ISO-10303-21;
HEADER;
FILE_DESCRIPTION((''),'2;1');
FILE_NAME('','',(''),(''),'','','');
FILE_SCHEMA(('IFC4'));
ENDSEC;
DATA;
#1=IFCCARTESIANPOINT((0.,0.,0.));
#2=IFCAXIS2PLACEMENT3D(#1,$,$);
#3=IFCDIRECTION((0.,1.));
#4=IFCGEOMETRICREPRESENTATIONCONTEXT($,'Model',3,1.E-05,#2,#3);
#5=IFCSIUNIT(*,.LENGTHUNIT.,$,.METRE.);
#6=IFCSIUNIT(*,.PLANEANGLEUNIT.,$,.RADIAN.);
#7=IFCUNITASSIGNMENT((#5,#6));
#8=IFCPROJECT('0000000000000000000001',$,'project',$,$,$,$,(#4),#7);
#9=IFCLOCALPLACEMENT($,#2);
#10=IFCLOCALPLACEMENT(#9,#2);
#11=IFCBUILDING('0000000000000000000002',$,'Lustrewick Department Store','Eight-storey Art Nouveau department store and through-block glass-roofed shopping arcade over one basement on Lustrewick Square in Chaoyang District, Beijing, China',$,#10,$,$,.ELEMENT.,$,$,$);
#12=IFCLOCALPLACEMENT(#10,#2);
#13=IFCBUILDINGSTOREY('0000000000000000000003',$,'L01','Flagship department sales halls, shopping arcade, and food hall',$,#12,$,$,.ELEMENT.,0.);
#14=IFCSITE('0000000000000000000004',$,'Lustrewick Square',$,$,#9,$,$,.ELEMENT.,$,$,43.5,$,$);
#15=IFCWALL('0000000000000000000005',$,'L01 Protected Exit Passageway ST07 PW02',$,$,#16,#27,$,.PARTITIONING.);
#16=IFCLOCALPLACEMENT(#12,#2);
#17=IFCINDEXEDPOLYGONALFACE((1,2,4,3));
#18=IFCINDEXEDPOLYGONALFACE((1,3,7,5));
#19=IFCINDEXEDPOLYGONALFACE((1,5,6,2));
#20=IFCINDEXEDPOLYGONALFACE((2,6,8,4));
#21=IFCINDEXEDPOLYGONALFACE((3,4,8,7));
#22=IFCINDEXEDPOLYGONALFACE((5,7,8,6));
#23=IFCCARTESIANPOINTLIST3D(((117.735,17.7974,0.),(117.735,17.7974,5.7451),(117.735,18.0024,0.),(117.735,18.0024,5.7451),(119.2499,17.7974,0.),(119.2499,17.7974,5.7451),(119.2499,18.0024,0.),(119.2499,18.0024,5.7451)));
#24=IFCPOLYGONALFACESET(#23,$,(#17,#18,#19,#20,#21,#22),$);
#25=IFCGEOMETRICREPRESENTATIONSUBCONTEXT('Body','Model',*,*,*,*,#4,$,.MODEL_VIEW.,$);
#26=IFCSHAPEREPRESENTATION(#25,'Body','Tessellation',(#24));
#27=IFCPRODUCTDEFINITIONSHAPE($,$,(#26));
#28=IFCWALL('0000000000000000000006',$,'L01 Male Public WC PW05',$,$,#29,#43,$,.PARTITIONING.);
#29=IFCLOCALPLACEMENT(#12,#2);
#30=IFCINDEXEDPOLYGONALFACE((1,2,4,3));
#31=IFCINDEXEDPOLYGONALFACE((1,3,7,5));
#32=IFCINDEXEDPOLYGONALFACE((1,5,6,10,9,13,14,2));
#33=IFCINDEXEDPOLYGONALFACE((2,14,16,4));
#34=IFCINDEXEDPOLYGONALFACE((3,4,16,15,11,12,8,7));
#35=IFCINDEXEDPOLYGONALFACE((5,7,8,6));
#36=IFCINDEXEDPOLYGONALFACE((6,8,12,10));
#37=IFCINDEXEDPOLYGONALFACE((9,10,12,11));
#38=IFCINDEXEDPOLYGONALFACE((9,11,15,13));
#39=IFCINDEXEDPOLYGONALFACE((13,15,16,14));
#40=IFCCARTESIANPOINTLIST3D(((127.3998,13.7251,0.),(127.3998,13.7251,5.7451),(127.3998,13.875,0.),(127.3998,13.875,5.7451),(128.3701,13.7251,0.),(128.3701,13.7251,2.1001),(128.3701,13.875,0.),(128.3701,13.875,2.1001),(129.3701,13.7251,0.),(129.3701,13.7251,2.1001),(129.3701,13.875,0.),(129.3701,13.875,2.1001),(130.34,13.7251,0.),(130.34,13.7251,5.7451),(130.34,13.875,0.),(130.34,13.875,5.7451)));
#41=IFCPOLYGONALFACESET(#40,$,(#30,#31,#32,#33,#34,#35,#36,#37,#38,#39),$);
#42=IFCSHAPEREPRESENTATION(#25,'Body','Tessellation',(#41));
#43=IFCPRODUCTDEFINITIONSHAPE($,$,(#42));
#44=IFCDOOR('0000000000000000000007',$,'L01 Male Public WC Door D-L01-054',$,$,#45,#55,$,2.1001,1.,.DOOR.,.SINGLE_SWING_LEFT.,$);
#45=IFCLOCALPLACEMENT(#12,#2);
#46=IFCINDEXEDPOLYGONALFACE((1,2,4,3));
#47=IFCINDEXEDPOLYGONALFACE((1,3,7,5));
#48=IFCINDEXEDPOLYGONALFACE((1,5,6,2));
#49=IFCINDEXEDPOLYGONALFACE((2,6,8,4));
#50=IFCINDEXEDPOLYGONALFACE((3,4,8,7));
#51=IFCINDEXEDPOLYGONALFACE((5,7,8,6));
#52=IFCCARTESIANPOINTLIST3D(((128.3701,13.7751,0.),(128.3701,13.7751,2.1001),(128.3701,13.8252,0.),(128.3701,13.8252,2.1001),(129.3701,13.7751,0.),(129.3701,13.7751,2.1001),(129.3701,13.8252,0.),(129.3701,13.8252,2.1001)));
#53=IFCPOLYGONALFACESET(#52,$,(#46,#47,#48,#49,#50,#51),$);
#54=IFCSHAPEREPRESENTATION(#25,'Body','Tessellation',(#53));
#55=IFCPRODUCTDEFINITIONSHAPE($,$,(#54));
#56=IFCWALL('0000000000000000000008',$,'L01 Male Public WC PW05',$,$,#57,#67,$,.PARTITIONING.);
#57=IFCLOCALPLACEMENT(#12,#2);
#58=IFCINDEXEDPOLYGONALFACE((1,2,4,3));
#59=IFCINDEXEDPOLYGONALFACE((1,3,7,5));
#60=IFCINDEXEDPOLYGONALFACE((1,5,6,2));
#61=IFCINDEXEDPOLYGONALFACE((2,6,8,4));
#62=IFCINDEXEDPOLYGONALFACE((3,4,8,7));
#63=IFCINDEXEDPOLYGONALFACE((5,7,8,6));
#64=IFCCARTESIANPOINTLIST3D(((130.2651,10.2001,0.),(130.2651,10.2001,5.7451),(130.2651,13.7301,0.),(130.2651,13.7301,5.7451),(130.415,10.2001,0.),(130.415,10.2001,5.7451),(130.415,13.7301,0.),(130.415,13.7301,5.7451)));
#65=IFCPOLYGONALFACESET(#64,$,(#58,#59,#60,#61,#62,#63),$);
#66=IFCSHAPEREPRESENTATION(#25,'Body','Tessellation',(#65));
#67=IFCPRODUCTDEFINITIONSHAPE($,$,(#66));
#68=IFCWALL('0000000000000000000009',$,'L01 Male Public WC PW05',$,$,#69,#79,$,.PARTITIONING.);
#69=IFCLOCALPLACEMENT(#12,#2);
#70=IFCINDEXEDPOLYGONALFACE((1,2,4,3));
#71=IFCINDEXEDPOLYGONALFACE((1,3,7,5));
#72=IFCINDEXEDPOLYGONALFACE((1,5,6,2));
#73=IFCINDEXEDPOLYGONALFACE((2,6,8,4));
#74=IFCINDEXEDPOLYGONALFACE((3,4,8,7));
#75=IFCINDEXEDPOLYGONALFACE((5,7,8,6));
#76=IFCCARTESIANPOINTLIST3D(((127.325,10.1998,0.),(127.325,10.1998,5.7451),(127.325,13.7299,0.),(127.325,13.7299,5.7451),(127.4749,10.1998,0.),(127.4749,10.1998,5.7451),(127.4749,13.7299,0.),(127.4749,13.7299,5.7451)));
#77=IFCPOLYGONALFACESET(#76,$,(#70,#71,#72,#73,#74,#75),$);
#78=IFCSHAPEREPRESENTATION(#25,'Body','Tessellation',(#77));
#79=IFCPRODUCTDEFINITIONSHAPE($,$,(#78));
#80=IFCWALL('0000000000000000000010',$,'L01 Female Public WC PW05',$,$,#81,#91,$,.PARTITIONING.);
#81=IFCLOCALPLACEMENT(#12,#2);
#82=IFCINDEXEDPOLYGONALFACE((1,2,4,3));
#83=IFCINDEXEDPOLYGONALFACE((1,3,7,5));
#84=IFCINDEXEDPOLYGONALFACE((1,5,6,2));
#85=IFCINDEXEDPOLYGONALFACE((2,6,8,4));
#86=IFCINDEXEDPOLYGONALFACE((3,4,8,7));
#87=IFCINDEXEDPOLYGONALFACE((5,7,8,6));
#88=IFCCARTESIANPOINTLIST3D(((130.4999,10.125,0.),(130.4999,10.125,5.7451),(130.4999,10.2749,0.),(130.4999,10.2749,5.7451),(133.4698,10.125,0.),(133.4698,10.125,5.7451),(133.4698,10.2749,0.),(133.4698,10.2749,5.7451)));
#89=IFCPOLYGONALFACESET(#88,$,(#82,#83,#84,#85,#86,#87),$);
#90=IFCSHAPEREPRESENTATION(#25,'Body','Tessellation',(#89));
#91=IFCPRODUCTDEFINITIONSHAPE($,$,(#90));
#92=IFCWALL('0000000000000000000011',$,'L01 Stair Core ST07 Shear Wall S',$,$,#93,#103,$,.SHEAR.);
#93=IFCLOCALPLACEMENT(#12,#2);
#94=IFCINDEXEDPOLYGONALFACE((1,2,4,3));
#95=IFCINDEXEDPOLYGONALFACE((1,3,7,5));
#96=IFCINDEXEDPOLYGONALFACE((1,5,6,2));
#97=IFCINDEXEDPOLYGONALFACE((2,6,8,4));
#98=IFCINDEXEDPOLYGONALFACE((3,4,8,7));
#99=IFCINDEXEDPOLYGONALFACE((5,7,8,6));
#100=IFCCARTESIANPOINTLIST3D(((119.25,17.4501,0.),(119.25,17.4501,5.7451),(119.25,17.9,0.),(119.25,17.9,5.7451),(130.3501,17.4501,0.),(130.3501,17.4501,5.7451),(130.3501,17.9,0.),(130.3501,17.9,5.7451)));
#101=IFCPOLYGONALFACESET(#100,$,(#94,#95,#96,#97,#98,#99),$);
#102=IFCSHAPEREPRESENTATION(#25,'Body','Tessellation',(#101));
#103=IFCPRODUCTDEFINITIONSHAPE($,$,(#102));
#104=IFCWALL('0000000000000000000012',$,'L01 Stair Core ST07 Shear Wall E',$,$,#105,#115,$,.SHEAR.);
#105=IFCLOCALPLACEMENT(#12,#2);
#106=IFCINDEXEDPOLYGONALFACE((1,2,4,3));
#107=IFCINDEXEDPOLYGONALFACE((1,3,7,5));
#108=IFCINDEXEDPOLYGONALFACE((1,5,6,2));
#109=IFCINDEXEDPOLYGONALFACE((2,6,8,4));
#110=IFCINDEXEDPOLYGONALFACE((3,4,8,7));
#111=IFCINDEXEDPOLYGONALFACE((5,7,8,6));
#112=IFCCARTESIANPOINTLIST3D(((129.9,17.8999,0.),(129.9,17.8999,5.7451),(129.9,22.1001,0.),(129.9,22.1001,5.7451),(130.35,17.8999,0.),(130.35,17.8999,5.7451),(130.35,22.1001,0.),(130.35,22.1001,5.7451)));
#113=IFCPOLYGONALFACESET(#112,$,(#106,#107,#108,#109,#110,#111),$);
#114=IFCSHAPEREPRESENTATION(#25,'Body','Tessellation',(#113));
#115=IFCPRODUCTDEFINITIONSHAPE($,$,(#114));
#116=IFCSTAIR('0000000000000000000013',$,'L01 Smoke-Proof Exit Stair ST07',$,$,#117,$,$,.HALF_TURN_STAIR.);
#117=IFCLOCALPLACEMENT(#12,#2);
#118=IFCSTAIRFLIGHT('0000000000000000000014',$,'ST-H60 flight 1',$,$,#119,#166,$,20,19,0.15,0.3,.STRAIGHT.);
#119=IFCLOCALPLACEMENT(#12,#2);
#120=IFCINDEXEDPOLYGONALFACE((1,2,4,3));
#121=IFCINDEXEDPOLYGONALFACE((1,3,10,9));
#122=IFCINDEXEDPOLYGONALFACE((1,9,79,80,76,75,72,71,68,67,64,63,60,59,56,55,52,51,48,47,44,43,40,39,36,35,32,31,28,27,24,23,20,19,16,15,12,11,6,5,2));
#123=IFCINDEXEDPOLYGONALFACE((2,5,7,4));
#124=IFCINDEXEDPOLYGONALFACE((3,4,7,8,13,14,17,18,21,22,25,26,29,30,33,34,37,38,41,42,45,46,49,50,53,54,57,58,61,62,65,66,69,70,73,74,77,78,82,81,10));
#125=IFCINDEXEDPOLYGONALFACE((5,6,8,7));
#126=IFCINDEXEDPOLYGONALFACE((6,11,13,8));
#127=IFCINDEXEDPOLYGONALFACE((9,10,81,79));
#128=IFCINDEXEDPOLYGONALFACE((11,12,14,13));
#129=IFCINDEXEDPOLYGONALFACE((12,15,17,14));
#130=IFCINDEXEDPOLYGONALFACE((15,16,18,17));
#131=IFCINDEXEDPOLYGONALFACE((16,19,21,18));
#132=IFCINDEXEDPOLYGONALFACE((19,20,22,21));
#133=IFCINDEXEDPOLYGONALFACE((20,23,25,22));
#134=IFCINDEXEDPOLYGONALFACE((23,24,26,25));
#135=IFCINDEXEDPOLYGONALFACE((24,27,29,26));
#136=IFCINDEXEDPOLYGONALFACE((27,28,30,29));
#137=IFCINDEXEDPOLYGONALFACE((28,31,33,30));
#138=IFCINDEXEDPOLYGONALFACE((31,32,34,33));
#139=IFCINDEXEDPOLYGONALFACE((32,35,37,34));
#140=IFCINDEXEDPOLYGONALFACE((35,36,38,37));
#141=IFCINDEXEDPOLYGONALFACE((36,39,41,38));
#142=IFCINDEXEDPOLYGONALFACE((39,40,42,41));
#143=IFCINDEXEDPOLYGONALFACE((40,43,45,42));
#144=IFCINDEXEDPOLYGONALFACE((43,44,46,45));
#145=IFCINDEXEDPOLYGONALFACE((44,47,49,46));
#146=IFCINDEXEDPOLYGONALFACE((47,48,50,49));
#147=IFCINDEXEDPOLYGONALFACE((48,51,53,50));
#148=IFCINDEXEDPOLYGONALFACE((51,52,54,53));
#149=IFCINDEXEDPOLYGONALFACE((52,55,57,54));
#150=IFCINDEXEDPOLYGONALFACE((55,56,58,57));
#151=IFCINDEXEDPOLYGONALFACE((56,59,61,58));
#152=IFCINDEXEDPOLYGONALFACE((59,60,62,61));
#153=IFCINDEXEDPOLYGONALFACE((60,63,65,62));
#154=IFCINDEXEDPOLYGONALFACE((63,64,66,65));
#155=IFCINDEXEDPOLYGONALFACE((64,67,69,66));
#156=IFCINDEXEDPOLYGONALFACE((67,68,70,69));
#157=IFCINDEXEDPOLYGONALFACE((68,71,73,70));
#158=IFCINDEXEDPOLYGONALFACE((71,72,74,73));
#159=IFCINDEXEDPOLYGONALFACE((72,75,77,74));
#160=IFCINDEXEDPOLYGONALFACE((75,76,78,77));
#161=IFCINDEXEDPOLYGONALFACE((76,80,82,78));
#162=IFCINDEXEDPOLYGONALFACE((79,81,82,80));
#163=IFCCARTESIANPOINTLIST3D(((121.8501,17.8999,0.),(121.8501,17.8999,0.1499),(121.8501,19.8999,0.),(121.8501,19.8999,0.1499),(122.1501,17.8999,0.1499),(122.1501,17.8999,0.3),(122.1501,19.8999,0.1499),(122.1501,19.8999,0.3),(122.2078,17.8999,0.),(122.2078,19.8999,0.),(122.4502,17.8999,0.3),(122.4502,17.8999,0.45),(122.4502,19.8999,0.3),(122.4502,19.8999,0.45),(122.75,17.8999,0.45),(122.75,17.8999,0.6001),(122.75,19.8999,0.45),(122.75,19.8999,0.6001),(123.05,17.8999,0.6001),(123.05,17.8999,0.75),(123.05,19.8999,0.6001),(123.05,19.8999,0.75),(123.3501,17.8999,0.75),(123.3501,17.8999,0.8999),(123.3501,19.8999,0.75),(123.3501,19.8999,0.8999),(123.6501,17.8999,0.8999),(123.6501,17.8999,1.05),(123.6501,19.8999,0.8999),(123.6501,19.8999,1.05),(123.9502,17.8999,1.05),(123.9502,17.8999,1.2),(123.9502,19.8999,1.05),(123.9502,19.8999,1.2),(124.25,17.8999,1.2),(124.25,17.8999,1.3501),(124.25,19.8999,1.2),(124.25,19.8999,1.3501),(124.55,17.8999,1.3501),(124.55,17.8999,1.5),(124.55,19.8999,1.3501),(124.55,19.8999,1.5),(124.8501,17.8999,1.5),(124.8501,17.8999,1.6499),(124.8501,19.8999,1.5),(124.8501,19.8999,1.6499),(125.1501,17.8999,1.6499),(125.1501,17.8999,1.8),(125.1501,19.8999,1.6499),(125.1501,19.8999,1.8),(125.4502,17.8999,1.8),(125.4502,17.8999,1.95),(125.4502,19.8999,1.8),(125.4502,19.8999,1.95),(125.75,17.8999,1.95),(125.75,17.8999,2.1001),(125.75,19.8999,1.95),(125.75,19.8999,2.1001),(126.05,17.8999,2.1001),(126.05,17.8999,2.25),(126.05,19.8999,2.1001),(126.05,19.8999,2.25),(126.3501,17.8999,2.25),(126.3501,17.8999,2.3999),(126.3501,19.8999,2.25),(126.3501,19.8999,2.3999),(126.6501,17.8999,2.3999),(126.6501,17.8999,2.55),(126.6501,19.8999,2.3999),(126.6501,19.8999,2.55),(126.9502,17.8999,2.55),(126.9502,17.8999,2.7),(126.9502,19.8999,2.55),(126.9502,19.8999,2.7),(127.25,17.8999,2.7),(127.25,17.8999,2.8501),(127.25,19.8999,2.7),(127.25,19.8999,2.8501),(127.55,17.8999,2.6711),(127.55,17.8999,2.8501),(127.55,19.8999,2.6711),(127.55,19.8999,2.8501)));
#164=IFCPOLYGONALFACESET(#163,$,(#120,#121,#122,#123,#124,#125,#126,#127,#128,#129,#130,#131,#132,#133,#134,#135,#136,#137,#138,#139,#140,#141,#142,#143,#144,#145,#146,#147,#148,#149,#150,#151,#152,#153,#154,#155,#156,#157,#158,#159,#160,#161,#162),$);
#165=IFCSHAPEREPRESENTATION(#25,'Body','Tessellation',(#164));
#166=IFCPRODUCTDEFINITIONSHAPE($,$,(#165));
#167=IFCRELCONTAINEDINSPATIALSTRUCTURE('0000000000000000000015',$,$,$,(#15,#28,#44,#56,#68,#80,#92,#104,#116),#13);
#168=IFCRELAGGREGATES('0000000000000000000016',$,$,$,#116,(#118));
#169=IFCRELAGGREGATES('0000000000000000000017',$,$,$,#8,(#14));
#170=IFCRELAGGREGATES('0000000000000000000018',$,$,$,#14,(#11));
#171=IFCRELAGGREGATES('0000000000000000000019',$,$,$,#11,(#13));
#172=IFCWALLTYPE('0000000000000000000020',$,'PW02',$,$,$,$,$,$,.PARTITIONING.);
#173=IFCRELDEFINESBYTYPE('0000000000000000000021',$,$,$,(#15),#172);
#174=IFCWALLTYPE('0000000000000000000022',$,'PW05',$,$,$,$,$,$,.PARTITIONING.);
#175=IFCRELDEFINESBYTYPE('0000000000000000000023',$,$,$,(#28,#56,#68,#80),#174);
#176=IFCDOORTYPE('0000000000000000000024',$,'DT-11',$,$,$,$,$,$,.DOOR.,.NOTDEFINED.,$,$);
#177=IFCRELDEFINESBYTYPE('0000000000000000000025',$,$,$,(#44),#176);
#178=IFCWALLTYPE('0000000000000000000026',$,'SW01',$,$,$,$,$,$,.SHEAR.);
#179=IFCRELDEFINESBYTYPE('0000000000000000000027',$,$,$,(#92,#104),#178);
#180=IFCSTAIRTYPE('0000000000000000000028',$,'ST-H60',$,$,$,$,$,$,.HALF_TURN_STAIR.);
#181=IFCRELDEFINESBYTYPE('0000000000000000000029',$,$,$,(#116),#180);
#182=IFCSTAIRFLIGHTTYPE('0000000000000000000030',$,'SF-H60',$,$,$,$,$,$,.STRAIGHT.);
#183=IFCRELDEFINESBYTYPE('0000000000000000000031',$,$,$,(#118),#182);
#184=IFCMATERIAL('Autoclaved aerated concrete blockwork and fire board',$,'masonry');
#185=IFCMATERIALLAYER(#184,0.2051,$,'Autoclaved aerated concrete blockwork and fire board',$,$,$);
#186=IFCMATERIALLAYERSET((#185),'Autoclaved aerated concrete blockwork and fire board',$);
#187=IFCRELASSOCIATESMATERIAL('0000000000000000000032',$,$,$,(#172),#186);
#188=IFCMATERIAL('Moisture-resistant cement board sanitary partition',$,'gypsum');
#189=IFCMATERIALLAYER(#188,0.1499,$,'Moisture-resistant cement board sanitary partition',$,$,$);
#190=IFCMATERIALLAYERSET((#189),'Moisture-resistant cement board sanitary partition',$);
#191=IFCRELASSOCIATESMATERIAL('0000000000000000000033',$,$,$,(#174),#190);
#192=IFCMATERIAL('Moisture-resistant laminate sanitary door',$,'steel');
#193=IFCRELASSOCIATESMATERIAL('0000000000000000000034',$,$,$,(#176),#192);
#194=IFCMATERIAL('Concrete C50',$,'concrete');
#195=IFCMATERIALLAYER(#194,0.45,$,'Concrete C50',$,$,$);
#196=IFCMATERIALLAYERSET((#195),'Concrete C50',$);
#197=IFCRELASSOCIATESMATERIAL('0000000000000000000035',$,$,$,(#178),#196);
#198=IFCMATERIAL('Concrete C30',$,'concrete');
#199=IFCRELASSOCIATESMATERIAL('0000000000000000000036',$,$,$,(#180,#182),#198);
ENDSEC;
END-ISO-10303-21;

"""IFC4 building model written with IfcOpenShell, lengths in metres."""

from ifc_helpers import new_model, si_unit, direction, frame, frame_2d, origin, place, context, subcontext, project, spatial, polyline, rectangle, outline, extrude, material, layer, layer_set, type_object, element, fill, aggregate, save


model = new_model("IFC4")

# Units and contexts
model_context = context("Model", 3, precision=1e-05, world=origin(), true_north=direction((0.0, 1.0)))
body_context = subcontext(model_context, "Body", "Model", "MODEL_VIEW")
ifc_project = project(units=[si_unit("LENGTHUNIT", "METRE"), si_unit("PLANEANGLEUNIT", "RADIAN")], contexts=[model_context])

# Site, building, storey
site_placement = place(None, origin())
site = spatial("IfcSite", under=ifc_project, at=site_placement, Name="Lustrewick Square", CompositionType="ELEMENT", RefElevation=43.5)
building_placement = place(site_placement, origin())
building = spatial("IfcBuilding", under=site, at=building_placement, Name="Lustrewick Department Store", Description="Eight-storey Art Nouveau department store and through-block glass-roofed shopping arcade over one basement on Lustrewick Square in Chaoyang District, Beijing, China", CompositionType="ELEMENT")
storey_placement = place(building_placement, origin())
storey = spatial("IfcBuildingStorey", under=building, at=storey_placement, Name="L01", Description="Flagship department sales halls, shopping arcade, and food hall", CompositionType="ELEMENT", Elevation=0.0)

# Wall
ifc_material_1 = material(Name="Autoclaved aerated concrete blockwork and fire board", Category="masonry")
ifc_layer_1 = layer(ifc_material_1, 0.2051, Name="Autoclaved aerated concrete blockwork and fire board")
ifc_layer_set_1 = layer_set([ifc_layer_1], Name="Autoclaved aerated concrete blockwork and fire board")
wall_type_1 = type_object("IfcWallType", Name="PW02", PredefinedType="PARTITIONING", material=ifc_layer_set_1)
wall_1_placement = place(storey_placement, frame((117.7351, 17.8999, 0.0), z_axis=(0.0, 0.0, 1.0), x_axis=(1.0, 0.0, 0.0)))
element("IfcWall", 1, at=wall_1_placement, inside=storey, type_object=wall_type_1, Name="L01 Protected Exit Passageway ST07 PW02", PredefinedType="PARTITIONING", context=body_context, shape_type="SweptSolid", body=[
    extrude(rectangle(XDim=1.5149, YDim=0.2051, at=frame_2d((0.7573, 0.0))), origin(), (0.0, 0.0, 1.0), 5.7451),
])

# Wall, opening, door
ifc_material_2 = material(Name="Moisture-resistant cement board sanitary partition", Category="gypsum")
ifc_layer_2 = layer(ifc_material_2, 0.1499, Name="Moisture-resistant cement board sanitary partition")
ifc_layer_set_2 = layer_set([ifc_layer_2], Name="Moisture-resistant cement board sanitary partition")
wall_type_2 = type_object("IfcWallType", Name="PW05", PredefinedType="PARTITIONING", material=ifc_layer_set_2)
wall_2_placement = place(storey_placement, frame((130.3401, 13.8, 0.0), z_axis=(0.0, 0.0, 1.0), x_axis=(-1.0, 0.0, 0.0)))
wall_2 = element("IfcWall", 2, at=wall_2_placement, inside=storey, type_object=wall_type_2, Name="L01 Male Public WC PW05", PredefinedType="PARTITIONING", context=body_context, shape_type="SweptSolid", body=[
    extrude(rectangle(XDim=2.9402, YDim=0.1499, at=frame_2d((1.4702, 0.0))), origin(), (0.0, 0.0, 1.0), 5.7451),
])
opening_1_placement = place(wall_2_placement, frame((0.97, 0.0, 0.0)))
opening_1 = element("IfcOpeningElement", 3, at=opening_1_placement, cuts=wall_2, PredefinedType="OPENING", context=body_context, shape_type="SweptSolid", body=[
    extrude(rectangle(XDim=1.0, YDim=2.1001, at=frame_2d((0.5, 1.05))), frame((0.0, 0.085, 0.0), z_axis=(0.0, -1.0, 0.0), x_axis=(1.0, 0.0, 0.0)), (0.0, 0.0, 1.0), 0.1699),
])
ifc_material_3 = material(Name="Moisture-resistant laminate sanitary door", Category="steel")
door_type_1 = type_object("IfcDoorType", Name="DT-11", OperationType="NOTDEFINED", PredefinedType="DOOR", material=ifc_material_3)
door_1_placement = place(opening_1_placement, origin())
door_1 = element("IfcDoor", 4, at=door_1_placement, inside=storey, type_object=door_type_1, Name="L01 Male Public WC Door D-L01-054", OperationType="SINGLE_SWING_LEFT", OverallHeight=2.1001, OverallWidth=1.0, PredefinedType="DOOR", context=body_context, shape_type="SweptSolid", body=[
    extrude(rectangle(XDim=1.0, YDim=2.1001, at=frame_2d((0.5, 1.05))), frame((0.0, 0.0249, 0.0), z_axis=(0.0, -1.0, 0.0), x_axis=(1.0, 0.0, 0.0)), (0.0, 0.0, 1.0), 0.05),
])
fill(opening_1, door_1)

# Walls
for number, where, z_axis, x_axis, name in (
    (5, (130.3401, 10.2, 0.0), (0.0, 0.0, 1.0), (0.0, 1.0, 0.0), "L01 Male Public WC PW05"),
    (6, (127.3999, 13.73, 0.0), (0.0, 0.0, 1.0), (0.0, -1.0, 0.0), "L01 Male Public WC PW05"),
):
    element("IfcWall", number, at=place(storey_placement, frame(where, z_axis=z_axis, x_axis=x_axis)), inside=storey, type_object=wall_type_2, Name=name, PredefinedType="PARTITIONING", context=body_context, shape_type="SweptSolid", body=[
        extrude(rectangle(XDim=3.53, YDim=0.1499, at=frame_2d((1.7651, 0.0))), origin(), (0.0, 0.0, 1.0), 5.7451),
    ])
wall_3_placement = place(storey_placement, frame((130.5, 10.2, 0.0), z_axis=(0.0, 0.0, 1.0), x_axis=(1.0, 0.0, 0.0)))
element("IfcWall", 7, at=wall_3_placement, inside=storey, type_object=wall_type_2, Name="L01 Female Public WC PW05", PredefinedType="PARTITIONING", context=body_context, shape_type="SweptSolid", body=[
    extrude(rectangle(XDim=2.97, YDim=0.1499, at=frame_2d((1.4849, 0.0))), origin(), (0.0, 0.0, 1.0), 5.7451),
])
ifc_material_4 = material(Name="Concrete C50", Category="concrete")
ifc_layer_3 = layer(ifc_material_4, 0.45, Name="Concrete C50")
ifc_layer_set_3 = layer_set([ifc_layer_3], Name="Concrete C50")
wall_type_3 = type_object("IfcWallType", Name="SW01", PredefinedType="SHEAR", material=ifc_layer_set_3)
wall_4_placement = place(storey_placement, frame((119.25, 17.675, 0.0), z_axis=(0.0, 0.0, 1.0), x_axis=(1.0, 0.0, 0.0)))
element("IfcWall", 8, at=wall_4_placement, inside=storey, type_object=wall_type_3, Name="L01 Stair Core ST07 Shear Wall S", PredefinedType="SHEAR", context=body_context, shape_type="SweptSolid", body=[
    extrude(rectangle(XDim=11.1001, YDim=0.45, at=frame_2d((5.55, 0.0))), origin(), (0.0, 0.0, 1.0), 5.7451),
])
wall_5_placement = place(storey_placement, frame((130.125, 17.8999, 0.0), z_axis=(0.0, 0.0, 1.0), x_axis=(0.0, 1.0, 0.0)))
element("IfcWall", 9, at=wall_5_placement, inside=storey, type_object=wall_type_3, Name="L01 Stair Core ST07 Shear Wall E", PredefinedType="SHEAR", context=body_context, shape_type="SweptSolid", body=[
    extrude(rectangle(XDim=4.2002, YDim=0.45, at=frame_2d((2.1001, 0.0))), origin(), (0.0, 0.0, 1.0), 5.7451),
])

# Stair, stair flight
ifc_material_5 = material(Name="Concrete C30", Category="concrete")
stair_type = type_object("IfcStairType", Name="ST-H60", PredefinedType="HALF_TURN_STAIR", material=ifc_material_5)
stair_placement = place(storey_placement, origin())
stair = element("IfcStair", 10, at=stair_placement, inside=storey, type_object=stair_type, Name="L01 Smoke-Proof Exit Stair ST07", PredefinedType="HALF_TURN_STAIR")
stair_flight_type = type_object("IfcStairFlightType", Name="SF-H60", PredefinedType="STRAIGHT", material=ifc_material_5)
stair_flight_1_placement = place(storey_placement, frame((121.8501, 18.8999, 0.0), z_axis=(0.0, 0.0, 1.0), x_axis=(1.0, 0.0, 0.0)))
stair_flight_1 = element("IfcStairFlight", 11, at=stair_flight_1_placement, type_object=stair_flight_type, Name="ST-H60 flight 1", NumberOfRisers=20, NumberOfTreads=19, PredefinedType="STRAIGHT", RiserHeight=0.15, TreadLength=0.3, context=body_context, shape_type="SweptSolid", body=[
    extrude(outline(polyline([(0.0, 0.0), (0.0, 0.1499), (0.3, 0.1499), (0.3, 0.3), (0.6001, 0.3), (0.6001, 0.45), (0.8999, 0.45), (0.8999, 0.6001), (1.2, 0.6001), (1.2, 0.75), (1.5, 0.75), (1.5, 0.8999), (1.8, 0.8999), (1.8, 1.05), (2.1001, 1.05), (2.1001, 1.2), (2.3999, 1.2), (2.3999, 1.3501), (2.7, 1.3501), (2.7, 1.5), (3.0, 1.5), (3.0, 1.6499), (3.3, 1.6499), (3.3, 1.8), (3.6001, 1.8), (3.6001, 1.95), (3.8999, 1.95), (3.8999, 2.1001), (4.2, 2.1001), (4.2, 2.25), (4.5, 2.25), (4.5, 2.3999), (4.8, 2.3999), (4.8, 2.55), (5.1001, 2.55), (5.1001, 2.7), (5.3999, 2.7), (5.3999, 2.8501), (5.7, 2.8501), (5.7, 3.0), (5.7, 2.6711), (0.3577, 0.0), (0.0, 0.0)])), frame((0.0, 1.0, 0.0), z_axis=(0.0, -1.0, 0.0), x_axis=(1.0, 0.0, 0.0)), (0.0, 0.0, 1.0), 2.0),
])
aggregate(stair, [stair_flight_1])

save(model, "model.ifc")
